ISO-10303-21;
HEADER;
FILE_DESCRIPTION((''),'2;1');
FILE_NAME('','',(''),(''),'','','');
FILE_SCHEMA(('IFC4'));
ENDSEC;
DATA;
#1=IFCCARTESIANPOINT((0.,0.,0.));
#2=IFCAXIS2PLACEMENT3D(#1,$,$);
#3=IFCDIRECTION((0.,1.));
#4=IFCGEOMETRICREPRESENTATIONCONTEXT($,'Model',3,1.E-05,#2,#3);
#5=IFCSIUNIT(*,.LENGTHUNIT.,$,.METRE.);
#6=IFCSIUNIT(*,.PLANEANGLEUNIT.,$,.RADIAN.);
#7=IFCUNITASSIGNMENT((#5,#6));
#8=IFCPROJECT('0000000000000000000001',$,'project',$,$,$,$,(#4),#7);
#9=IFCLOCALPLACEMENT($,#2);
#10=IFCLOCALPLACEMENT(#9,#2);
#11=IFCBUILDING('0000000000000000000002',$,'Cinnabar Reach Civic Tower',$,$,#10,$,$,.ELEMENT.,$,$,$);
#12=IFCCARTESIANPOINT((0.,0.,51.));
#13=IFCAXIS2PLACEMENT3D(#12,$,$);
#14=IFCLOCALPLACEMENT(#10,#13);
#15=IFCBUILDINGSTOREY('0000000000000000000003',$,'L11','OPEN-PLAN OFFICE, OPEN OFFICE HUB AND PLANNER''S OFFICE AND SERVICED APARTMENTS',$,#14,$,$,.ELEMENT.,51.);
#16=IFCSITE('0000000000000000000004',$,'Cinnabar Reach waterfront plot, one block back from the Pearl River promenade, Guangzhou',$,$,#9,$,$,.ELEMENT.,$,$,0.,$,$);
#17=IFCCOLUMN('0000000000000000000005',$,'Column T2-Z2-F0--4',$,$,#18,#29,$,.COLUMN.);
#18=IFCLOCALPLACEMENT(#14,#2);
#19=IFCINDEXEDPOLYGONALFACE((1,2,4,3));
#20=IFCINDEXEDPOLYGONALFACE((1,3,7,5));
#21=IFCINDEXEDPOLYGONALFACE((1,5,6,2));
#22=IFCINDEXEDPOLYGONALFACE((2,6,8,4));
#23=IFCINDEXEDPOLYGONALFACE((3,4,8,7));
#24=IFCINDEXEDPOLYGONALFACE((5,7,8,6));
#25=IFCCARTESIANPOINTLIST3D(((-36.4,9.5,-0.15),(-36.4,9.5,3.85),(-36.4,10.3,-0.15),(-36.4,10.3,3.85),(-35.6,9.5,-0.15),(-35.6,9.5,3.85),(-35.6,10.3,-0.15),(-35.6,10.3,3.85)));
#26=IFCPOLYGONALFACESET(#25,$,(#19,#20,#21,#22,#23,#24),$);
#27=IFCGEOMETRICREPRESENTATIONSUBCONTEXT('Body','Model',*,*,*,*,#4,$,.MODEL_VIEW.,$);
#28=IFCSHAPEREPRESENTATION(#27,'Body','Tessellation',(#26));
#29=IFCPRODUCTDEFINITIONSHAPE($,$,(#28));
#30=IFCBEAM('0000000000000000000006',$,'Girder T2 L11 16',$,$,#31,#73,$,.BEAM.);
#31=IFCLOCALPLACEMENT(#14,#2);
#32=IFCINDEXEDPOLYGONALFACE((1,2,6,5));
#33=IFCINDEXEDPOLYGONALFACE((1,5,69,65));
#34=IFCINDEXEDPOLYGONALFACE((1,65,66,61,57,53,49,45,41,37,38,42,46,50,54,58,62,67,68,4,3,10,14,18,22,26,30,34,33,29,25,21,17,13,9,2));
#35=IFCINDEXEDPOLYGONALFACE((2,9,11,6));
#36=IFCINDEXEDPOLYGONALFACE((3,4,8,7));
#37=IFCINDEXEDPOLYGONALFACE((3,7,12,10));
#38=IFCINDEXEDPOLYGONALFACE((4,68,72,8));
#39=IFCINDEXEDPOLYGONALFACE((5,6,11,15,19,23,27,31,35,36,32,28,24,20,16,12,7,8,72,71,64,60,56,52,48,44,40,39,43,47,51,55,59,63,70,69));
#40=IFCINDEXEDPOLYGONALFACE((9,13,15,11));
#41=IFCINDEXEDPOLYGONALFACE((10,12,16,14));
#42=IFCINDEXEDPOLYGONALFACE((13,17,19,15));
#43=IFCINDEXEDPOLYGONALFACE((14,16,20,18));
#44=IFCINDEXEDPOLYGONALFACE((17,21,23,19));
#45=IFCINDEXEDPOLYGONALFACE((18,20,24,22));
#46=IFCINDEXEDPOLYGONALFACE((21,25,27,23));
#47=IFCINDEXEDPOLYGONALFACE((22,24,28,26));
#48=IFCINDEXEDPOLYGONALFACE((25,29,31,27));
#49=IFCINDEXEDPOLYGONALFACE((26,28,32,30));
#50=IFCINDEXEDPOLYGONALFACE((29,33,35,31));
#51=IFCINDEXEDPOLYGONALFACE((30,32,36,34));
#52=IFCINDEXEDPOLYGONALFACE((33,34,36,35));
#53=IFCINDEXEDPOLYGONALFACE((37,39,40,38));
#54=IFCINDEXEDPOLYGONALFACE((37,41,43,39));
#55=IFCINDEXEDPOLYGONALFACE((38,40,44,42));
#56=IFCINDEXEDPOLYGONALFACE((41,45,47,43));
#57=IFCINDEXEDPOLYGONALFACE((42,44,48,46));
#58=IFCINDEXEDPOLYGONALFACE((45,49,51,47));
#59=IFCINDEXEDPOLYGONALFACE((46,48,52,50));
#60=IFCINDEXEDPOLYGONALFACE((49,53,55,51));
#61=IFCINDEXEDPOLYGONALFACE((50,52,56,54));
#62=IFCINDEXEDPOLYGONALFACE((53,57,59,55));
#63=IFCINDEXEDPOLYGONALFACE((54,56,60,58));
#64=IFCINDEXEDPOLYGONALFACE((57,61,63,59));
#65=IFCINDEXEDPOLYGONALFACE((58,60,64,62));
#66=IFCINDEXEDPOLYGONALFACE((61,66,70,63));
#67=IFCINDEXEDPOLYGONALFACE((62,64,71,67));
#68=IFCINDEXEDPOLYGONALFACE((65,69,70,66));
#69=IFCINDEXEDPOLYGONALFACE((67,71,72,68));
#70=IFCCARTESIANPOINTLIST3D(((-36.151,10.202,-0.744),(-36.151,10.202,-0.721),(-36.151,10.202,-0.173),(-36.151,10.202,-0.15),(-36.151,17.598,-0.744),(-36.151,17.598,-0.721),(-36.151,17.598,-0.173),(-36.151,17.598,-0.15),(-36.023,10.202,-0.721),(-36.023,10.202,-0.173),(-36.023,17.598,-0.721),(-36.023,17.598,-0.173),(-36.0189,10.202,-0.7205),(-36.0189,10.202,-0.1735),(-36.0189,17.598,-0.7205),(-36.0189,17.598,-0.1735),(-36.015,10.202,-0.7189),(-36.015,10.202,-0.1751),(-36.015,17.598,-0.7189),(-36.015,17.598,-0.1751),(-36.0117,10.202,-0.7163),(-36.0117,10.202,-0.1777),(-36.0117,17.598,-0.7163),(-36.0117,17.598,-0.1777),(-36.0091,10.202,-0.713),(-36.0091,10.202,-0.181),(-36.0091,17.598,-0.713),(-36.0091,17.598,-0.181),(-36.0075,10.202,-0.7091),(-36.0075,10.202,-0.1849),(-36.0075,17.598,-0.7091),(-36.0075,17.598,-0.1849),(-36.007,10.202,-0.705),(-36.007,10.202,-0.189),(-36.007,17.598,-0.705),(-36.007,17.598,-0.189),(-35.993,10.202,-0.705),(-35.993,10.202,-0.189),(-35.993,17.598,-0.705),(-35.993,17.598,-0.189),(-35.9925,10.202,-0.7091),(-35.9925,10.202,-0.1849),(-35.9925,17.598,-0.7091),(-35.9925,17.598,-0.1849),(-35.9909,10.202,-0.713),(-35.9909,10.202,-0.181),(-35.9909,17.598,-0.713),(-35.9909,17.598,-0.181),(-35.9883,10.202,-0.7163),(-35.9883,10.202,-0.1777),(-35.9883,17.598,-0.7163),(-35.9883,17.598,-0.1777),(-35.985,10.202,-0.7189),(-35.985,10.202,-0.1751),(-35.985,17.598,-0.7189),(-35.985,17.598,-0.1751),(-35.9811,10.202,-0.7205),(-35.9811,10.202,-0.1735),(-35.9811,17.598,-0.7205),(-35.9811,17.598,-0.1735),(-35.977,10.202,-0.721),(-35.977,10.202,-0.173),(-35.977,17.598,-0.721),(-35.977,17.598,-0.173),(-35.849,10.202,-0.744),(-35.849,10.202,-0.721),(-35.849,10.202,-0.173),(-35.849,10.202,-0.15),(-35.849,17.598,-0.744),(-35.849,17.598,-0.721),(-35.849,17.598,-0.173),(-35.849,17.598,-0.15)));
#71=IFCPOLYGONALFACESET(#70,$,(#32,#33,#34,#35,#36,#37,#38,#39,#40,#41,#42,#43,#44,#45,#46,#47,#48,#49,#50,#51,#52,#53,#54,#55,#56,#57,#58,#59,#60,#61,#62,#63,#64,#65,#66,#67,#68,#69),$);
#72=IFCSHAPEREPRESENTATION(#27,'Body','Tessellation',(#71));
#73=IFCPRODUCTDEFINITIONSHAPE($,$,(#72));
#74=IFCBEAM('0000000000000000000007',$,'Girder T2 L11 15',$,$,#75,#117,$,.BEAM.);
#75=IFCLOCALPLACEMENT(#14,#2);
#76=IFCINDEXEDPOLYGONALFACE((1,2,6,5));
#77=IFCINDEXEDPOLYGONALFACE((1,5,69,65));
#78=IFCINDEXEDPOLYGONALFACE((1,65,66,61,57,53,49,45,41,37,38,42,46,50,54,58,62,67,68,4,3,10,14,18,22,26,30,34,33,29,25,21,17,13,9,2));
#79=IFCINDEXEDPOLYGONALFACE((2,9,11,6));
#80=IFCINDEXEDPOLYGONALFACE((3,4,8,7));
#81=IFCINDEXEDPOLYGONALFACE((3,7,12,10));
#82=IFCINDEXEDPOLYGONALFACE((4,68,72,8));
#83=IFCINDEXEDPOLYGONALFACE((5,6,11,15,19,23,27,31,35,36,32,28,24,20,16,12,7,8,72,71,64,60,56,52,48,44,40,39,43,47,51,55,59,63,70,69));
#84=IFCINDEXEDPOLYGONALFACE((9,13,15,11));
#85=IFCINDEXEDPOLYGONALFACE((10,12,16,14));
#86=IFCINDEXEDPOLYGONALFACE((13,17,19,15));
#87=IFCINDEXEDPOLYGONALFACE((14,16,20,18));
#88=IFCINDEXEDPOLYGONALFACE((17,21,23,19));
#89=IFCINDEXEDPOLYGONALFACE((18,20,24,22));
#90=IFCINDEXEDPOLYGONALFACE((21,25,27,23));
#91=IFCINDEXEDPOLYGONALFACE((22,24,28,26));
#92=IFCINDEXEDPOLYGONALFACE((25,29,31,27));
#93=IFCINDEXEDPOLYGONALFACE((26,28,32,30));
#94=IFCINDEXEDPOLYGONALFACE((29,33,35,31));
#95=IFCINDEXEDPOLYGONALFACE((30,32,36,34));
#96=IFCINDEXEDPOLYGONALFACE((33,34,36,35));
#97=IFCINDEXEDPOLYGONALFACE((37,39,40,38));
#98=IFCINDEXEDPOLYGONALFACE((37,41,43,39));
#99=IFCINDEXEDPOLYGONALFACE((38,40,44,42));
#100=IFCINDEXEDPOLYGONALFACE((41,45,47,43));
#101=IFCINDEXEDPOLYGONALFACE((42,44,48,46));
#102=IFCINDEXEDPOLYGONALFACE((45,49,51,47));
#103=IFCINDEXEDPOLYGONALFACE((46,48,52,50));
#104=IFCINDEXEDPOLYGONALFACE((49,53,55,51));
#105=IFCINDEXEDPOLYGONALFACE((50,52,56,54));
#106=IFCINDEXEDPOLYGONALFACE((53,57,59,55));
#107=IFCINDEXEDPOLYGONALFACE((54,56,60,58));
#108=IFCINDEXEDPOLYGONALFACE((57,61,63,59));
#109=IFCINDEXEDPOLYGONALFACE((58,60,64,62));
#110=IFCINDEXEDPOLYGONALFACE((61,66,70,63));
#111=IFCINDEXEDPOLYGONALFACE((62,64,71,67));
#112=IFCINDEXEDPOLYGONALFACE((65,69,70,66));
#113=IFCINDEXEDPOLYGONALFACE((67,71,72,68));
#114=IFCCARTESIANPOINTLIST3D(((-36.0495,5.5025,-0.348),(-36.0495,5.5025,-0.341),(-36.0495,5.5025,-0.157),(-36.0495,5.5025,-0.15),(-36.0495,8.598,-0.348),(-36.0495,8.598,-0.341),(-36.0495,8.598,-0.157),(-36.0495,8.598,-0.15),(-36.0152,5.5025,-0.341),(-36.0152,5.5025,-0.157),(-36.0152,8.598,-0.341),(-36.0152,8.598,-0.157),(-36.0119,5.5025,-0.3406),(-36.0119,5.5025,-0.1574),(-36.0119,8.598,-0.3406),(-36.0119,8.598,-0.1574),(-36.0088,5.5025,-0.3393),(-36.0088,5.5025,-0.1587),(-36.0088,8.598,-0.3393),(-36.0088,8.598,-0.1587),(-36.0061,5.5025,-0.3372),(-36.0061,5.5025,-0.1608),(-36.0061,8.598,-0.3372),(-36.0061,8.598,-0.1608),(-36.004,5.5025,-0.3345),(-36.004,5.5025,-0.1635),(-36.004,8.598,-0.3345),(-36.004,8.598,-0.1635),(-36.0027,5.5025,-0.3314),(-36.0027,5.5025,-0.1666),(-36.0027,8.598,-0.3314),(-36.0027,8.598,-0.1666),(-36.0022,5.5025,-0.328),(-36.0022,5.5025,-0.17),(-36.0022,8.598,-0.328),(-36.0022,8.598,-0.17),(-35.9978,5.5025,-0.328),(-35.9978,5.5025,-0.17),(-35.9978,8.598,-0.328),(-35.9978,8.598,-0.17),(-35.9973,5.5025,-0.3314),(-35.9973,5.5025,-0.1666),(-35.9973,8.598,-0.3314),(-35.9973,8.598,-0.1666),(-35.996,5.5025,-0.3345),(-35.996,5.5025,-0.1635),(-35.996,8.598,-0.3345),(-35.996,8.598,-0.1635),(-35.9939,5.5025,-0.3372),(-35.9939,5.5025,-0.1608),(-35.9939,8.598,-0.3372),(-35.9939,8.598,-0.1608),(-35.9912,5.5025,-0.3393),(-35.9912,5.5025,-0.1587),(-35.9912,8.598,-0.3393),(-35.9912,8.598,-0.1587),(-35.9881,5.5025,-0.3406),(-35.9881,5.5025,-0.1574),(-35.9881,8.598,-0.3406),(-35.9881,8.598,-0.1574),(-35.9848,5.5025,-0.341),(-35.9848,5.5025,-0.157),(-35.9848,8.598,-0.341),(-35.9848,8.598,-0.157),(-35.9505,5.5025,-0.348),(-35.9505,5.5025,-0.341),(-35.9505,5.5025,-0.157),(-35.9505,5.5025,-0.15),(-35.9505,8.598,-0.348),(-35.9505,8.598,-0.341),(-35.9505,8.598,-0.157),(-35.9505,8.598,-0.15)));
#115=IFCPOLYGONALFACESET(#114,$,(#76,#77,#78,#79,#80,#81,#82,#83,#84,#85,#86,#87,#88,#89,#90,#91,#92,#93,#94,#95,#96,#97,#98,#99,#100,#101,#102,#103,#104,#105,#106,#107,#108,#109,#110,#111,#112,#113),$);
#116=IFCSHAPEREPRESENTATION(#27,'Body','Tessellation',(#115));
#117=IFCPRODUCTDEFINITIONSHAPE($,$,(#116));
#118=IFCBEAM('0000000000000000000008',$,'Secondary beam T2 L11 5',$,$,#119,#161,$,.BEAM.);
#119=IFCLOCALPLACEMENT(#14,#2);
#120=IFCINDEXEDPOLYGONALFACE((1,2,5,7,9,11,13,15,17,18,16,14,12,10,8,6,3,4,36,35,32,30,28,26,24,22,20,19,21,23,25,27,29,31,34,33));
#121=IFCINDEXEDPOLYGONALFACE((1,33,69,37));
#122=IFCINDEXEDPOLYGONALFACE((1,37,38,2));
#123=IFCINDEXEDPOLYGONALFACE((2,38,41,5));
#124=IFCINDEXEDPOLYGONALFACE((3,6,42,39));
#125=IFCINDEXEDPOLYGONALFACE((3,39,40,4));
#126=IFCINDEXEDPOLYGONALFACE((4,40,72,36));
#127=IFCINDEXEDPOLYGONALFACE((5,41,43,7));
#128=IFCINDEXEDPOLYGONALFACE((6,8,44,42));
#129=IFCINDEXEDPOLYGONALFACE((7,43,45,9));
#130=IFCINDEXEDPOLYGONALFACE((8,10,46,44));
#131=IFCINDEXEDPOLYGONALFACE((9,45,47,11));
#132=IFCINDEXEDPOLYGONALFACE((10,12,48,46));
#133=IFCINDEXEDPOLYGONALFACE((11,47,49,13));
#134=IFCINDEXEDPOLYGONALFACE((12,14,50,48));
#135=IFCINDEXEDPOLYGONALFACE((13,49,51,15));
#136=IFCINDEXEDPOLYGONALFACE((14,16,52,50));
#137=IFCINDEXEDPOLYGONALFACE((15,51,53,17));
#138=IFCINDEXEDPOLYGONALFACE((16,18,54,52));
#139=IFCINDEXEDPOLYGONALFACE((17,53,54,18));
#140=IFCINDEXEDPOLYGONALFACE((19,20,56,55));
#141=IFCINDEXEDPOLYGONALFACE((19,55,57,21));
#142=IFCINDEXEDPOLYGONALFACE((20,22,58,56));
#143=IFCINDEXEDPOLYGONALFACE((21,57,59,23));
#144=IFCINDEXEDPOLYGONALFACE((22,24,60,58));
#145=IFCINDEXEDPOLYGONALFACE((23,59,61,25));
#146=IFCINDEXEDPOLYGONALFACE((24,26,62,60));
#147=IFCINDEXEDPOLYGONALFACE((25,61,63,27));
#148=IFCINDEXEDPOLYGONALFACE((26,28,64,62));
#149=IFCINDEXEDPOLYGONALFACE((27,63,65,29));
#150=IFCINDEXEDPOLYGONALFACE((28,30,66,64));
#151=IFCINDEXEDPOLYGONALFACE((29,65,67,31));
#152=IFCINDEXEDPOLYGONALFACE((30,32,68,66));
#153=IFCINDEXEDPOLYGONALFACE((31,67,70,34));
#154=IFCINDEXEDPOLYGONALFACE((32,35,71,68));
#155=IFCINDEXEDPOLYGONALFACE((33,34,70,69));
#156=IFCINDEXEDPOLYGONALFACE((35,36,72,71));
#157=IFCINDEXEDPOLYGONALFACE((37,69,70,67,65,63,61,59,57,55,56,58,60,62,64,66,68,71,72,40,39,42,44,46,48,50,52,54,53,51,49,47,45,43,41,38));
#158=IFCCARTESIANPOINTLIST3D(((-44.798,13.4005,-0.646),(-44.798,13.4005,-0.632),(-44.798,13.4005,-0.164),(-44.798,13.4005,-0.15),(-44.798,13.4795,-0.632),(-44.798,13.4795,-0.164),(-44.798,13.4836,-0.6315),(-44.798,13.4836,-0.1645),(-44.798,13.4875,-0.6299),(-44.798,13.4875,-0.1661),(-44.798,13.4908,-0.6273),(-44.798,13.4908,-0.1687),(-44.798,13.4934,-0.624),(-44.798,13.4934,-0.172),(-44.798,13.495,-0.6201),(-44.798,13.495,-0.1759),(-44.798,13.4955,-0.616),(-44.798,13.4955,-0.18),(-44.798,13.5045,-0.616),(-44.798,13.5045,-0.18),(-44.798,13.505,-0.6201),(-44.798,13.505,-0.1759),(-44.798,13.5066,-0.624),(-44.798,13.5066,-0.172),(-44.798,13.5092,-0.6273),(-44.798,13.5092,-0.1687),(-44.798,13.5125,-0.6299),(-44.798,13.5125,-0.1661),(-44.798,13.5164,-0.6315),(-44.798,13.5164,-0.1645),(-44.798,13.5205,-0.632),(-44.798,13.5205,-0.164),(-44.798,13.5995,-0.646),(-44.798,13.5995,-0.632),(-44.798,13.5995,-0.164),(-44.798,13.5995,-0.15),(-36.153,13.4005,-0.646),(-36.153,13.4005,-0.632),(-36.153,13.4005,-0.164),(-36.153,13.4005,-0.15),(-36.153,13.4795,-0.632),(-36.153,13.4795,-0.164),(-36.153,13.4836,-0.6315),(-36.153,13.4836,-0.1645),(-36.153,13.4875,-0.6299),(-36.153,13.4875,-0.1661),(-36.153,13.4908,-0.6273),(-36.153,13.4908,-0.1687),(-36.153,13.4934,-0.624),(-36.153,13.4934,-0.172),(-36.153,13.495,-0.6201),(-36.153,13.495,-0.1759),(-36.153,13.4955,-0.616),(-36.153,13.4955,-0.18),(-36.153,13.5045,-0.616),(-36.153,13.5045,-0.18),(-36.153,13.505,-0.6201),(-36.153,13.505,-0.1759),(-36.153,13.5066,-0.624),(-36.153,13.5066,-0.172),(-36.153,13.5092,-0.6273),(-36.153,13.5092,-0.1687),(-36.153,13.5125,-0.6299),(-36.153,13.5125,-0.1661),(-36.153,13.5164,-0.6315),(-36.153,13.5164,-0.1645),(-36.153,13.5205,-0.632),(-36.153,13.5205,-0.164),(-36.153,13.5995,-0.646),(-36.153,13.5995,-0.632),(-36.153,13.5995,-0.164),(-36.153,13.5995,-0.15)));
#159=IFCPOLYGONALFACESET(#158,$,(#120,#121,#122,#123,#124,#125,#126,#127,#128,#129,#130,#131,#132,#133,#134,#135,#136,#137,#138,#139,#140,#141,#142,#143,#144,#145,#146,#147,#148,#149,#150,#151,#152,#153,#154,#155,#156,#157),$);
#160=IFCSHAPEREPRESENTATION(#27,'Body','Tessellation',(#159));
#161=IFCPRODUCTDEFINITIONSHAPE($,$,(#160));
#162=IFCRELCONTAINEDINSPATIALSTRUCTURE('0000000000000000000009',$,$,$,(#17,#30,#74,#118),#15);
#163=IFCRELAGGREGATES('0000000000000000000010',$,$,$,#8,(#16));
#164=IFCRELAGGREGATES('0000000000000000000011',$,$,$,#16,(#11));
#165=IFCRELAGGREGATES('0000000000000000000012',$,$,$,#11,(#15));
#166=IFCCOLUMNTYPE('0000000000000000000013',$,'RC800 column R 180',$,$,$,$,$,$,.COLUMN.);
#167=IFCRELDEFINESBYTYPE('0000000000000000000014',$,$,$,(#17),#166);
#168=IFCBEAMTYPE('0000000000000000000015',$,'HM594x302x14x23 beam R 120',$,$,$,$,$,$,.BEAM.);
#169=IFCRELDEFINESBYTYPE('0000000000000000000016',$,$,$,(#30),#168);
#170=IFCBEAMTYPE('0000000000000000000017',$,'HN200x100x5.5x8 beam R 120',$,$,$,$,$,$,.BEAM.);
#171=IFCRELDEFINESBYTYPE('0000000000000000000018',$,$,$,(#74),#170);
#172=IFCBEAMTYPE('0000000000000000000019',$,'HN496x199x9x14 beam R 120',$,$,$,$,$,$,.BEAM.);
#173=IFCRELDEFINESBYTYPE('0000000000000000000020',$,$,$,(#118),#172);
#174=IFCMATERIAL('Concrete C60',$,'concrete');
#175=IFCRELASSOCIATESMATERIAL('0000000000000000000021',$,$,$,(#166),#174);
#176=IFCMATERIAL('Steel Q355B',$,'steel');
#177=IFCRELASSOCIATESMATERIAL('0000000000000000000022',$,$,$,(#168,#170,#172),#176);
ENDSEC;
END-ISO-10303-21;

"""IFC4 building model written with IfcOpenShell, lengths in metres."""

from ifc_helpers import new_model, si_unit, direction, frame, origin, origin_2d, place, context, subcontext, project, spatial, rectangle, i_section, extrude, material, material_profile, profile_set, type_object, element, save


model = new_model("IFC4")

# Units and contexts
model_context = context("Model", 3, precision=1e-05, world=origin(), true_north=direction((0.0, 1.0)))
body_context = subcontext(model_context, "Body", "Model", "MODEL_VIEW")
ifc_project = project(units=[si_unit("LENGTHUNIT", "METRE"), si_unit("PLANEANGLEUNIT", "RADIAN")], contexts=[model_context])

# Site, building, storey
site_placement = place(None, origin())
site = spatial("IfcSite", under=ifc_project, at=site_placement, Name="Cinnabar Reach waterfront plot, one block back from the Pearl River promenade, Guangzhou", CompositionType="ELEMENT", RefElevation=0.0)
building_placement = place(site_placement, origin())
building = spatial("IfcBuilding", under=site, at=building_placement, Name="Cinnabar Reach Civic Tower", CompositionType="ELEMENT")
storey_placement = place(building_placement, frame((0.0, 0.0, 51.0)))
storey = spatial("IfcBuildingStorey", under=building, at=storey_placement, Name="L11", Description="OPEN-PLAN OFFICE, OPEN OFFICE HUB AND PLANNER'S OFFICE AND SERVICED APARTMENTS", CompositionType="ELEMENT", Elevation=51.0)

# Column
ifc_material_1 = material(Name="Concrete C60", Category="concrete")
ifc_material_profile_1 = material_profile(ifc_material_1, rectangle(XDim=0.8, YDim=0.8, at=origin_2d()), Name="RC800")
ifc_profile_set_1 = profile_set([ifc_material_profile_1], Name="Concrete C60")
column_type = type_object("IfcColumnType", Name="RC800 column R 180", PredefinedType="COLUMN", material=ifc_profile_set_1)
column_placement = place(storey_placement, frame((-36.0, 9.9, -0.15), z_axis=(0.0, 0.0, 1.0), x_axis=(1.0, 0.0, 0.0)))
element("IfcColumn", 1, at=column_placement, inside=storey, type_object=column_type, Name="Column T2-Z2-F0--4", PredefinedType="COLUMN", context=body_context, shape_type="SweptSolid", body=[
    extrude(rectangle(XDim=0.8, YDim=0.8, at=origin_2d()), origin(), (0.0, 0.0, 1.0), 4.0),
])

# Beams
ifc_material_2 = material(Name="Steel Q355B", Category="steel")
ifc_material_profile_2 = material_profile(ifc_material_2, i_section(OverallWidth=0.302, OverallDepth=0.594, WebThickness=0.014, FlangeThickness=0.023, FilletRadius=0.016, at=origin_2d()), Name="HM594x302x14x23")
ifc_profile_set_2 = profile_set([ifc_material_profile_2], Name="Steel Q355B")
beam_type_1 = type_object("IfcBeamType", Name="HM594x302x14x23 beam R 120", PredefinedType="BEAM", material=ifc_profile_set_2)
beam_1_placement = place(storey_placement, frame((-36.0, 10.202, -0.447), z_axis=(0.0, 1.0, 0.0), x_axis=(-1.0, 0.0, 0.0)))
element("IfcBeam", 2, at=beam_1_placement, inside=storey, type_object=beam_type_1, Name="Girder T2 L11 16", PredefinedType="BEAM", context=body_context, shape_type="SweptSolid", body=[
    extrude(i_section(OverallWidth=0.302, OverallDepth=0.594, WebThickness=0.014, FlangeThickness=0.023, FilletRadius=0.016, at=origin_2d()), origin(), (0.0, 0.0, 1.0), 7.396),
])
ifc_material_profile_3 = material_profile(ifc_material_2, i_section(OverallWidth=0.099, OverallDepth=0.198, WebThickness=0.0045, FlangeThickness=0.007, FilletRadius=0.013, at=origin_2d()), Name="HN200x100x5.5x8")
ifc_profile_set_3 = profile_set([ifc_material_profile_3], Name="Steel Q355B")
beam_type_2 = type_object("IfcBeamType", Name="HN200x100x5.5x8 beam R 120", PredefinedType="BEAM", material=ifc_profile_set_3)
beam_2_placement = place(storey_placement, frame((-36.0, 5.5025, -0.249), z_axis=(0.0, 1.0, 0.0), x_axis=(-1.0, 0.0, 0.0)))
element("IfcBeam", 3, at=beam_2_placement, inside=storey, type_object=beam_type_2, Name="Girder T2 L11 15", PredefinedType="BEAM", context=body_context, shape_type="SweptSolid", body=[
    extrude(i_section(OverallWidth=0.099, OverallDepth=0.198, WebThickness=0.0045, FlangeThickness=0.007, FilletRadius=0.013, at=origin_2d()), origin(), (0.0, 0.0, 1.0), 3.0955),
])
ifc_material_profile_4 = material_profile(ifc_material_2, i_section(OverallWidth=0.199, OverallDepth=0.496, WebThickness=0.009, FlangeThickness=0.014, FilletRadius=0.016, at=origin_2d()), Name="HN496x199x9x14")
ifc_profile_set_4 = profile_set([ifc_material_profile_4], Name="Steel Q355B")
beam_type_3 = type_object("IfcBeamType", Name="HN496x199x9x14 beam R 120", PredefinedType="BEAM", material=ifc_profile_set_4)
beam_3_placement = place(storey_placement, frame((-44.798, 13.5, -0.398), z_axis=(1.0, 0.0, 0.0), x_axis=(0.0, 1.0, 0.0)))
element("IfcBeam", 4, at=beam_3_placement, inside=storey, type_object=beam_type_3, Name="Secondary beam T2 L11 5", PredefinedType="BEAM", context=body_context, shape_type="SweptSolid", body=[
    extrude(i_section(OverallWidth=0.199, OverallDepth=0.496, WebThickness=0.009, FlangeThickness=0.014, FilletRadius=0.016, at=origin_2d()), origin(), (0.0, 0.0, 1.0), 8.645),
])

save(model, "model.ifc")
